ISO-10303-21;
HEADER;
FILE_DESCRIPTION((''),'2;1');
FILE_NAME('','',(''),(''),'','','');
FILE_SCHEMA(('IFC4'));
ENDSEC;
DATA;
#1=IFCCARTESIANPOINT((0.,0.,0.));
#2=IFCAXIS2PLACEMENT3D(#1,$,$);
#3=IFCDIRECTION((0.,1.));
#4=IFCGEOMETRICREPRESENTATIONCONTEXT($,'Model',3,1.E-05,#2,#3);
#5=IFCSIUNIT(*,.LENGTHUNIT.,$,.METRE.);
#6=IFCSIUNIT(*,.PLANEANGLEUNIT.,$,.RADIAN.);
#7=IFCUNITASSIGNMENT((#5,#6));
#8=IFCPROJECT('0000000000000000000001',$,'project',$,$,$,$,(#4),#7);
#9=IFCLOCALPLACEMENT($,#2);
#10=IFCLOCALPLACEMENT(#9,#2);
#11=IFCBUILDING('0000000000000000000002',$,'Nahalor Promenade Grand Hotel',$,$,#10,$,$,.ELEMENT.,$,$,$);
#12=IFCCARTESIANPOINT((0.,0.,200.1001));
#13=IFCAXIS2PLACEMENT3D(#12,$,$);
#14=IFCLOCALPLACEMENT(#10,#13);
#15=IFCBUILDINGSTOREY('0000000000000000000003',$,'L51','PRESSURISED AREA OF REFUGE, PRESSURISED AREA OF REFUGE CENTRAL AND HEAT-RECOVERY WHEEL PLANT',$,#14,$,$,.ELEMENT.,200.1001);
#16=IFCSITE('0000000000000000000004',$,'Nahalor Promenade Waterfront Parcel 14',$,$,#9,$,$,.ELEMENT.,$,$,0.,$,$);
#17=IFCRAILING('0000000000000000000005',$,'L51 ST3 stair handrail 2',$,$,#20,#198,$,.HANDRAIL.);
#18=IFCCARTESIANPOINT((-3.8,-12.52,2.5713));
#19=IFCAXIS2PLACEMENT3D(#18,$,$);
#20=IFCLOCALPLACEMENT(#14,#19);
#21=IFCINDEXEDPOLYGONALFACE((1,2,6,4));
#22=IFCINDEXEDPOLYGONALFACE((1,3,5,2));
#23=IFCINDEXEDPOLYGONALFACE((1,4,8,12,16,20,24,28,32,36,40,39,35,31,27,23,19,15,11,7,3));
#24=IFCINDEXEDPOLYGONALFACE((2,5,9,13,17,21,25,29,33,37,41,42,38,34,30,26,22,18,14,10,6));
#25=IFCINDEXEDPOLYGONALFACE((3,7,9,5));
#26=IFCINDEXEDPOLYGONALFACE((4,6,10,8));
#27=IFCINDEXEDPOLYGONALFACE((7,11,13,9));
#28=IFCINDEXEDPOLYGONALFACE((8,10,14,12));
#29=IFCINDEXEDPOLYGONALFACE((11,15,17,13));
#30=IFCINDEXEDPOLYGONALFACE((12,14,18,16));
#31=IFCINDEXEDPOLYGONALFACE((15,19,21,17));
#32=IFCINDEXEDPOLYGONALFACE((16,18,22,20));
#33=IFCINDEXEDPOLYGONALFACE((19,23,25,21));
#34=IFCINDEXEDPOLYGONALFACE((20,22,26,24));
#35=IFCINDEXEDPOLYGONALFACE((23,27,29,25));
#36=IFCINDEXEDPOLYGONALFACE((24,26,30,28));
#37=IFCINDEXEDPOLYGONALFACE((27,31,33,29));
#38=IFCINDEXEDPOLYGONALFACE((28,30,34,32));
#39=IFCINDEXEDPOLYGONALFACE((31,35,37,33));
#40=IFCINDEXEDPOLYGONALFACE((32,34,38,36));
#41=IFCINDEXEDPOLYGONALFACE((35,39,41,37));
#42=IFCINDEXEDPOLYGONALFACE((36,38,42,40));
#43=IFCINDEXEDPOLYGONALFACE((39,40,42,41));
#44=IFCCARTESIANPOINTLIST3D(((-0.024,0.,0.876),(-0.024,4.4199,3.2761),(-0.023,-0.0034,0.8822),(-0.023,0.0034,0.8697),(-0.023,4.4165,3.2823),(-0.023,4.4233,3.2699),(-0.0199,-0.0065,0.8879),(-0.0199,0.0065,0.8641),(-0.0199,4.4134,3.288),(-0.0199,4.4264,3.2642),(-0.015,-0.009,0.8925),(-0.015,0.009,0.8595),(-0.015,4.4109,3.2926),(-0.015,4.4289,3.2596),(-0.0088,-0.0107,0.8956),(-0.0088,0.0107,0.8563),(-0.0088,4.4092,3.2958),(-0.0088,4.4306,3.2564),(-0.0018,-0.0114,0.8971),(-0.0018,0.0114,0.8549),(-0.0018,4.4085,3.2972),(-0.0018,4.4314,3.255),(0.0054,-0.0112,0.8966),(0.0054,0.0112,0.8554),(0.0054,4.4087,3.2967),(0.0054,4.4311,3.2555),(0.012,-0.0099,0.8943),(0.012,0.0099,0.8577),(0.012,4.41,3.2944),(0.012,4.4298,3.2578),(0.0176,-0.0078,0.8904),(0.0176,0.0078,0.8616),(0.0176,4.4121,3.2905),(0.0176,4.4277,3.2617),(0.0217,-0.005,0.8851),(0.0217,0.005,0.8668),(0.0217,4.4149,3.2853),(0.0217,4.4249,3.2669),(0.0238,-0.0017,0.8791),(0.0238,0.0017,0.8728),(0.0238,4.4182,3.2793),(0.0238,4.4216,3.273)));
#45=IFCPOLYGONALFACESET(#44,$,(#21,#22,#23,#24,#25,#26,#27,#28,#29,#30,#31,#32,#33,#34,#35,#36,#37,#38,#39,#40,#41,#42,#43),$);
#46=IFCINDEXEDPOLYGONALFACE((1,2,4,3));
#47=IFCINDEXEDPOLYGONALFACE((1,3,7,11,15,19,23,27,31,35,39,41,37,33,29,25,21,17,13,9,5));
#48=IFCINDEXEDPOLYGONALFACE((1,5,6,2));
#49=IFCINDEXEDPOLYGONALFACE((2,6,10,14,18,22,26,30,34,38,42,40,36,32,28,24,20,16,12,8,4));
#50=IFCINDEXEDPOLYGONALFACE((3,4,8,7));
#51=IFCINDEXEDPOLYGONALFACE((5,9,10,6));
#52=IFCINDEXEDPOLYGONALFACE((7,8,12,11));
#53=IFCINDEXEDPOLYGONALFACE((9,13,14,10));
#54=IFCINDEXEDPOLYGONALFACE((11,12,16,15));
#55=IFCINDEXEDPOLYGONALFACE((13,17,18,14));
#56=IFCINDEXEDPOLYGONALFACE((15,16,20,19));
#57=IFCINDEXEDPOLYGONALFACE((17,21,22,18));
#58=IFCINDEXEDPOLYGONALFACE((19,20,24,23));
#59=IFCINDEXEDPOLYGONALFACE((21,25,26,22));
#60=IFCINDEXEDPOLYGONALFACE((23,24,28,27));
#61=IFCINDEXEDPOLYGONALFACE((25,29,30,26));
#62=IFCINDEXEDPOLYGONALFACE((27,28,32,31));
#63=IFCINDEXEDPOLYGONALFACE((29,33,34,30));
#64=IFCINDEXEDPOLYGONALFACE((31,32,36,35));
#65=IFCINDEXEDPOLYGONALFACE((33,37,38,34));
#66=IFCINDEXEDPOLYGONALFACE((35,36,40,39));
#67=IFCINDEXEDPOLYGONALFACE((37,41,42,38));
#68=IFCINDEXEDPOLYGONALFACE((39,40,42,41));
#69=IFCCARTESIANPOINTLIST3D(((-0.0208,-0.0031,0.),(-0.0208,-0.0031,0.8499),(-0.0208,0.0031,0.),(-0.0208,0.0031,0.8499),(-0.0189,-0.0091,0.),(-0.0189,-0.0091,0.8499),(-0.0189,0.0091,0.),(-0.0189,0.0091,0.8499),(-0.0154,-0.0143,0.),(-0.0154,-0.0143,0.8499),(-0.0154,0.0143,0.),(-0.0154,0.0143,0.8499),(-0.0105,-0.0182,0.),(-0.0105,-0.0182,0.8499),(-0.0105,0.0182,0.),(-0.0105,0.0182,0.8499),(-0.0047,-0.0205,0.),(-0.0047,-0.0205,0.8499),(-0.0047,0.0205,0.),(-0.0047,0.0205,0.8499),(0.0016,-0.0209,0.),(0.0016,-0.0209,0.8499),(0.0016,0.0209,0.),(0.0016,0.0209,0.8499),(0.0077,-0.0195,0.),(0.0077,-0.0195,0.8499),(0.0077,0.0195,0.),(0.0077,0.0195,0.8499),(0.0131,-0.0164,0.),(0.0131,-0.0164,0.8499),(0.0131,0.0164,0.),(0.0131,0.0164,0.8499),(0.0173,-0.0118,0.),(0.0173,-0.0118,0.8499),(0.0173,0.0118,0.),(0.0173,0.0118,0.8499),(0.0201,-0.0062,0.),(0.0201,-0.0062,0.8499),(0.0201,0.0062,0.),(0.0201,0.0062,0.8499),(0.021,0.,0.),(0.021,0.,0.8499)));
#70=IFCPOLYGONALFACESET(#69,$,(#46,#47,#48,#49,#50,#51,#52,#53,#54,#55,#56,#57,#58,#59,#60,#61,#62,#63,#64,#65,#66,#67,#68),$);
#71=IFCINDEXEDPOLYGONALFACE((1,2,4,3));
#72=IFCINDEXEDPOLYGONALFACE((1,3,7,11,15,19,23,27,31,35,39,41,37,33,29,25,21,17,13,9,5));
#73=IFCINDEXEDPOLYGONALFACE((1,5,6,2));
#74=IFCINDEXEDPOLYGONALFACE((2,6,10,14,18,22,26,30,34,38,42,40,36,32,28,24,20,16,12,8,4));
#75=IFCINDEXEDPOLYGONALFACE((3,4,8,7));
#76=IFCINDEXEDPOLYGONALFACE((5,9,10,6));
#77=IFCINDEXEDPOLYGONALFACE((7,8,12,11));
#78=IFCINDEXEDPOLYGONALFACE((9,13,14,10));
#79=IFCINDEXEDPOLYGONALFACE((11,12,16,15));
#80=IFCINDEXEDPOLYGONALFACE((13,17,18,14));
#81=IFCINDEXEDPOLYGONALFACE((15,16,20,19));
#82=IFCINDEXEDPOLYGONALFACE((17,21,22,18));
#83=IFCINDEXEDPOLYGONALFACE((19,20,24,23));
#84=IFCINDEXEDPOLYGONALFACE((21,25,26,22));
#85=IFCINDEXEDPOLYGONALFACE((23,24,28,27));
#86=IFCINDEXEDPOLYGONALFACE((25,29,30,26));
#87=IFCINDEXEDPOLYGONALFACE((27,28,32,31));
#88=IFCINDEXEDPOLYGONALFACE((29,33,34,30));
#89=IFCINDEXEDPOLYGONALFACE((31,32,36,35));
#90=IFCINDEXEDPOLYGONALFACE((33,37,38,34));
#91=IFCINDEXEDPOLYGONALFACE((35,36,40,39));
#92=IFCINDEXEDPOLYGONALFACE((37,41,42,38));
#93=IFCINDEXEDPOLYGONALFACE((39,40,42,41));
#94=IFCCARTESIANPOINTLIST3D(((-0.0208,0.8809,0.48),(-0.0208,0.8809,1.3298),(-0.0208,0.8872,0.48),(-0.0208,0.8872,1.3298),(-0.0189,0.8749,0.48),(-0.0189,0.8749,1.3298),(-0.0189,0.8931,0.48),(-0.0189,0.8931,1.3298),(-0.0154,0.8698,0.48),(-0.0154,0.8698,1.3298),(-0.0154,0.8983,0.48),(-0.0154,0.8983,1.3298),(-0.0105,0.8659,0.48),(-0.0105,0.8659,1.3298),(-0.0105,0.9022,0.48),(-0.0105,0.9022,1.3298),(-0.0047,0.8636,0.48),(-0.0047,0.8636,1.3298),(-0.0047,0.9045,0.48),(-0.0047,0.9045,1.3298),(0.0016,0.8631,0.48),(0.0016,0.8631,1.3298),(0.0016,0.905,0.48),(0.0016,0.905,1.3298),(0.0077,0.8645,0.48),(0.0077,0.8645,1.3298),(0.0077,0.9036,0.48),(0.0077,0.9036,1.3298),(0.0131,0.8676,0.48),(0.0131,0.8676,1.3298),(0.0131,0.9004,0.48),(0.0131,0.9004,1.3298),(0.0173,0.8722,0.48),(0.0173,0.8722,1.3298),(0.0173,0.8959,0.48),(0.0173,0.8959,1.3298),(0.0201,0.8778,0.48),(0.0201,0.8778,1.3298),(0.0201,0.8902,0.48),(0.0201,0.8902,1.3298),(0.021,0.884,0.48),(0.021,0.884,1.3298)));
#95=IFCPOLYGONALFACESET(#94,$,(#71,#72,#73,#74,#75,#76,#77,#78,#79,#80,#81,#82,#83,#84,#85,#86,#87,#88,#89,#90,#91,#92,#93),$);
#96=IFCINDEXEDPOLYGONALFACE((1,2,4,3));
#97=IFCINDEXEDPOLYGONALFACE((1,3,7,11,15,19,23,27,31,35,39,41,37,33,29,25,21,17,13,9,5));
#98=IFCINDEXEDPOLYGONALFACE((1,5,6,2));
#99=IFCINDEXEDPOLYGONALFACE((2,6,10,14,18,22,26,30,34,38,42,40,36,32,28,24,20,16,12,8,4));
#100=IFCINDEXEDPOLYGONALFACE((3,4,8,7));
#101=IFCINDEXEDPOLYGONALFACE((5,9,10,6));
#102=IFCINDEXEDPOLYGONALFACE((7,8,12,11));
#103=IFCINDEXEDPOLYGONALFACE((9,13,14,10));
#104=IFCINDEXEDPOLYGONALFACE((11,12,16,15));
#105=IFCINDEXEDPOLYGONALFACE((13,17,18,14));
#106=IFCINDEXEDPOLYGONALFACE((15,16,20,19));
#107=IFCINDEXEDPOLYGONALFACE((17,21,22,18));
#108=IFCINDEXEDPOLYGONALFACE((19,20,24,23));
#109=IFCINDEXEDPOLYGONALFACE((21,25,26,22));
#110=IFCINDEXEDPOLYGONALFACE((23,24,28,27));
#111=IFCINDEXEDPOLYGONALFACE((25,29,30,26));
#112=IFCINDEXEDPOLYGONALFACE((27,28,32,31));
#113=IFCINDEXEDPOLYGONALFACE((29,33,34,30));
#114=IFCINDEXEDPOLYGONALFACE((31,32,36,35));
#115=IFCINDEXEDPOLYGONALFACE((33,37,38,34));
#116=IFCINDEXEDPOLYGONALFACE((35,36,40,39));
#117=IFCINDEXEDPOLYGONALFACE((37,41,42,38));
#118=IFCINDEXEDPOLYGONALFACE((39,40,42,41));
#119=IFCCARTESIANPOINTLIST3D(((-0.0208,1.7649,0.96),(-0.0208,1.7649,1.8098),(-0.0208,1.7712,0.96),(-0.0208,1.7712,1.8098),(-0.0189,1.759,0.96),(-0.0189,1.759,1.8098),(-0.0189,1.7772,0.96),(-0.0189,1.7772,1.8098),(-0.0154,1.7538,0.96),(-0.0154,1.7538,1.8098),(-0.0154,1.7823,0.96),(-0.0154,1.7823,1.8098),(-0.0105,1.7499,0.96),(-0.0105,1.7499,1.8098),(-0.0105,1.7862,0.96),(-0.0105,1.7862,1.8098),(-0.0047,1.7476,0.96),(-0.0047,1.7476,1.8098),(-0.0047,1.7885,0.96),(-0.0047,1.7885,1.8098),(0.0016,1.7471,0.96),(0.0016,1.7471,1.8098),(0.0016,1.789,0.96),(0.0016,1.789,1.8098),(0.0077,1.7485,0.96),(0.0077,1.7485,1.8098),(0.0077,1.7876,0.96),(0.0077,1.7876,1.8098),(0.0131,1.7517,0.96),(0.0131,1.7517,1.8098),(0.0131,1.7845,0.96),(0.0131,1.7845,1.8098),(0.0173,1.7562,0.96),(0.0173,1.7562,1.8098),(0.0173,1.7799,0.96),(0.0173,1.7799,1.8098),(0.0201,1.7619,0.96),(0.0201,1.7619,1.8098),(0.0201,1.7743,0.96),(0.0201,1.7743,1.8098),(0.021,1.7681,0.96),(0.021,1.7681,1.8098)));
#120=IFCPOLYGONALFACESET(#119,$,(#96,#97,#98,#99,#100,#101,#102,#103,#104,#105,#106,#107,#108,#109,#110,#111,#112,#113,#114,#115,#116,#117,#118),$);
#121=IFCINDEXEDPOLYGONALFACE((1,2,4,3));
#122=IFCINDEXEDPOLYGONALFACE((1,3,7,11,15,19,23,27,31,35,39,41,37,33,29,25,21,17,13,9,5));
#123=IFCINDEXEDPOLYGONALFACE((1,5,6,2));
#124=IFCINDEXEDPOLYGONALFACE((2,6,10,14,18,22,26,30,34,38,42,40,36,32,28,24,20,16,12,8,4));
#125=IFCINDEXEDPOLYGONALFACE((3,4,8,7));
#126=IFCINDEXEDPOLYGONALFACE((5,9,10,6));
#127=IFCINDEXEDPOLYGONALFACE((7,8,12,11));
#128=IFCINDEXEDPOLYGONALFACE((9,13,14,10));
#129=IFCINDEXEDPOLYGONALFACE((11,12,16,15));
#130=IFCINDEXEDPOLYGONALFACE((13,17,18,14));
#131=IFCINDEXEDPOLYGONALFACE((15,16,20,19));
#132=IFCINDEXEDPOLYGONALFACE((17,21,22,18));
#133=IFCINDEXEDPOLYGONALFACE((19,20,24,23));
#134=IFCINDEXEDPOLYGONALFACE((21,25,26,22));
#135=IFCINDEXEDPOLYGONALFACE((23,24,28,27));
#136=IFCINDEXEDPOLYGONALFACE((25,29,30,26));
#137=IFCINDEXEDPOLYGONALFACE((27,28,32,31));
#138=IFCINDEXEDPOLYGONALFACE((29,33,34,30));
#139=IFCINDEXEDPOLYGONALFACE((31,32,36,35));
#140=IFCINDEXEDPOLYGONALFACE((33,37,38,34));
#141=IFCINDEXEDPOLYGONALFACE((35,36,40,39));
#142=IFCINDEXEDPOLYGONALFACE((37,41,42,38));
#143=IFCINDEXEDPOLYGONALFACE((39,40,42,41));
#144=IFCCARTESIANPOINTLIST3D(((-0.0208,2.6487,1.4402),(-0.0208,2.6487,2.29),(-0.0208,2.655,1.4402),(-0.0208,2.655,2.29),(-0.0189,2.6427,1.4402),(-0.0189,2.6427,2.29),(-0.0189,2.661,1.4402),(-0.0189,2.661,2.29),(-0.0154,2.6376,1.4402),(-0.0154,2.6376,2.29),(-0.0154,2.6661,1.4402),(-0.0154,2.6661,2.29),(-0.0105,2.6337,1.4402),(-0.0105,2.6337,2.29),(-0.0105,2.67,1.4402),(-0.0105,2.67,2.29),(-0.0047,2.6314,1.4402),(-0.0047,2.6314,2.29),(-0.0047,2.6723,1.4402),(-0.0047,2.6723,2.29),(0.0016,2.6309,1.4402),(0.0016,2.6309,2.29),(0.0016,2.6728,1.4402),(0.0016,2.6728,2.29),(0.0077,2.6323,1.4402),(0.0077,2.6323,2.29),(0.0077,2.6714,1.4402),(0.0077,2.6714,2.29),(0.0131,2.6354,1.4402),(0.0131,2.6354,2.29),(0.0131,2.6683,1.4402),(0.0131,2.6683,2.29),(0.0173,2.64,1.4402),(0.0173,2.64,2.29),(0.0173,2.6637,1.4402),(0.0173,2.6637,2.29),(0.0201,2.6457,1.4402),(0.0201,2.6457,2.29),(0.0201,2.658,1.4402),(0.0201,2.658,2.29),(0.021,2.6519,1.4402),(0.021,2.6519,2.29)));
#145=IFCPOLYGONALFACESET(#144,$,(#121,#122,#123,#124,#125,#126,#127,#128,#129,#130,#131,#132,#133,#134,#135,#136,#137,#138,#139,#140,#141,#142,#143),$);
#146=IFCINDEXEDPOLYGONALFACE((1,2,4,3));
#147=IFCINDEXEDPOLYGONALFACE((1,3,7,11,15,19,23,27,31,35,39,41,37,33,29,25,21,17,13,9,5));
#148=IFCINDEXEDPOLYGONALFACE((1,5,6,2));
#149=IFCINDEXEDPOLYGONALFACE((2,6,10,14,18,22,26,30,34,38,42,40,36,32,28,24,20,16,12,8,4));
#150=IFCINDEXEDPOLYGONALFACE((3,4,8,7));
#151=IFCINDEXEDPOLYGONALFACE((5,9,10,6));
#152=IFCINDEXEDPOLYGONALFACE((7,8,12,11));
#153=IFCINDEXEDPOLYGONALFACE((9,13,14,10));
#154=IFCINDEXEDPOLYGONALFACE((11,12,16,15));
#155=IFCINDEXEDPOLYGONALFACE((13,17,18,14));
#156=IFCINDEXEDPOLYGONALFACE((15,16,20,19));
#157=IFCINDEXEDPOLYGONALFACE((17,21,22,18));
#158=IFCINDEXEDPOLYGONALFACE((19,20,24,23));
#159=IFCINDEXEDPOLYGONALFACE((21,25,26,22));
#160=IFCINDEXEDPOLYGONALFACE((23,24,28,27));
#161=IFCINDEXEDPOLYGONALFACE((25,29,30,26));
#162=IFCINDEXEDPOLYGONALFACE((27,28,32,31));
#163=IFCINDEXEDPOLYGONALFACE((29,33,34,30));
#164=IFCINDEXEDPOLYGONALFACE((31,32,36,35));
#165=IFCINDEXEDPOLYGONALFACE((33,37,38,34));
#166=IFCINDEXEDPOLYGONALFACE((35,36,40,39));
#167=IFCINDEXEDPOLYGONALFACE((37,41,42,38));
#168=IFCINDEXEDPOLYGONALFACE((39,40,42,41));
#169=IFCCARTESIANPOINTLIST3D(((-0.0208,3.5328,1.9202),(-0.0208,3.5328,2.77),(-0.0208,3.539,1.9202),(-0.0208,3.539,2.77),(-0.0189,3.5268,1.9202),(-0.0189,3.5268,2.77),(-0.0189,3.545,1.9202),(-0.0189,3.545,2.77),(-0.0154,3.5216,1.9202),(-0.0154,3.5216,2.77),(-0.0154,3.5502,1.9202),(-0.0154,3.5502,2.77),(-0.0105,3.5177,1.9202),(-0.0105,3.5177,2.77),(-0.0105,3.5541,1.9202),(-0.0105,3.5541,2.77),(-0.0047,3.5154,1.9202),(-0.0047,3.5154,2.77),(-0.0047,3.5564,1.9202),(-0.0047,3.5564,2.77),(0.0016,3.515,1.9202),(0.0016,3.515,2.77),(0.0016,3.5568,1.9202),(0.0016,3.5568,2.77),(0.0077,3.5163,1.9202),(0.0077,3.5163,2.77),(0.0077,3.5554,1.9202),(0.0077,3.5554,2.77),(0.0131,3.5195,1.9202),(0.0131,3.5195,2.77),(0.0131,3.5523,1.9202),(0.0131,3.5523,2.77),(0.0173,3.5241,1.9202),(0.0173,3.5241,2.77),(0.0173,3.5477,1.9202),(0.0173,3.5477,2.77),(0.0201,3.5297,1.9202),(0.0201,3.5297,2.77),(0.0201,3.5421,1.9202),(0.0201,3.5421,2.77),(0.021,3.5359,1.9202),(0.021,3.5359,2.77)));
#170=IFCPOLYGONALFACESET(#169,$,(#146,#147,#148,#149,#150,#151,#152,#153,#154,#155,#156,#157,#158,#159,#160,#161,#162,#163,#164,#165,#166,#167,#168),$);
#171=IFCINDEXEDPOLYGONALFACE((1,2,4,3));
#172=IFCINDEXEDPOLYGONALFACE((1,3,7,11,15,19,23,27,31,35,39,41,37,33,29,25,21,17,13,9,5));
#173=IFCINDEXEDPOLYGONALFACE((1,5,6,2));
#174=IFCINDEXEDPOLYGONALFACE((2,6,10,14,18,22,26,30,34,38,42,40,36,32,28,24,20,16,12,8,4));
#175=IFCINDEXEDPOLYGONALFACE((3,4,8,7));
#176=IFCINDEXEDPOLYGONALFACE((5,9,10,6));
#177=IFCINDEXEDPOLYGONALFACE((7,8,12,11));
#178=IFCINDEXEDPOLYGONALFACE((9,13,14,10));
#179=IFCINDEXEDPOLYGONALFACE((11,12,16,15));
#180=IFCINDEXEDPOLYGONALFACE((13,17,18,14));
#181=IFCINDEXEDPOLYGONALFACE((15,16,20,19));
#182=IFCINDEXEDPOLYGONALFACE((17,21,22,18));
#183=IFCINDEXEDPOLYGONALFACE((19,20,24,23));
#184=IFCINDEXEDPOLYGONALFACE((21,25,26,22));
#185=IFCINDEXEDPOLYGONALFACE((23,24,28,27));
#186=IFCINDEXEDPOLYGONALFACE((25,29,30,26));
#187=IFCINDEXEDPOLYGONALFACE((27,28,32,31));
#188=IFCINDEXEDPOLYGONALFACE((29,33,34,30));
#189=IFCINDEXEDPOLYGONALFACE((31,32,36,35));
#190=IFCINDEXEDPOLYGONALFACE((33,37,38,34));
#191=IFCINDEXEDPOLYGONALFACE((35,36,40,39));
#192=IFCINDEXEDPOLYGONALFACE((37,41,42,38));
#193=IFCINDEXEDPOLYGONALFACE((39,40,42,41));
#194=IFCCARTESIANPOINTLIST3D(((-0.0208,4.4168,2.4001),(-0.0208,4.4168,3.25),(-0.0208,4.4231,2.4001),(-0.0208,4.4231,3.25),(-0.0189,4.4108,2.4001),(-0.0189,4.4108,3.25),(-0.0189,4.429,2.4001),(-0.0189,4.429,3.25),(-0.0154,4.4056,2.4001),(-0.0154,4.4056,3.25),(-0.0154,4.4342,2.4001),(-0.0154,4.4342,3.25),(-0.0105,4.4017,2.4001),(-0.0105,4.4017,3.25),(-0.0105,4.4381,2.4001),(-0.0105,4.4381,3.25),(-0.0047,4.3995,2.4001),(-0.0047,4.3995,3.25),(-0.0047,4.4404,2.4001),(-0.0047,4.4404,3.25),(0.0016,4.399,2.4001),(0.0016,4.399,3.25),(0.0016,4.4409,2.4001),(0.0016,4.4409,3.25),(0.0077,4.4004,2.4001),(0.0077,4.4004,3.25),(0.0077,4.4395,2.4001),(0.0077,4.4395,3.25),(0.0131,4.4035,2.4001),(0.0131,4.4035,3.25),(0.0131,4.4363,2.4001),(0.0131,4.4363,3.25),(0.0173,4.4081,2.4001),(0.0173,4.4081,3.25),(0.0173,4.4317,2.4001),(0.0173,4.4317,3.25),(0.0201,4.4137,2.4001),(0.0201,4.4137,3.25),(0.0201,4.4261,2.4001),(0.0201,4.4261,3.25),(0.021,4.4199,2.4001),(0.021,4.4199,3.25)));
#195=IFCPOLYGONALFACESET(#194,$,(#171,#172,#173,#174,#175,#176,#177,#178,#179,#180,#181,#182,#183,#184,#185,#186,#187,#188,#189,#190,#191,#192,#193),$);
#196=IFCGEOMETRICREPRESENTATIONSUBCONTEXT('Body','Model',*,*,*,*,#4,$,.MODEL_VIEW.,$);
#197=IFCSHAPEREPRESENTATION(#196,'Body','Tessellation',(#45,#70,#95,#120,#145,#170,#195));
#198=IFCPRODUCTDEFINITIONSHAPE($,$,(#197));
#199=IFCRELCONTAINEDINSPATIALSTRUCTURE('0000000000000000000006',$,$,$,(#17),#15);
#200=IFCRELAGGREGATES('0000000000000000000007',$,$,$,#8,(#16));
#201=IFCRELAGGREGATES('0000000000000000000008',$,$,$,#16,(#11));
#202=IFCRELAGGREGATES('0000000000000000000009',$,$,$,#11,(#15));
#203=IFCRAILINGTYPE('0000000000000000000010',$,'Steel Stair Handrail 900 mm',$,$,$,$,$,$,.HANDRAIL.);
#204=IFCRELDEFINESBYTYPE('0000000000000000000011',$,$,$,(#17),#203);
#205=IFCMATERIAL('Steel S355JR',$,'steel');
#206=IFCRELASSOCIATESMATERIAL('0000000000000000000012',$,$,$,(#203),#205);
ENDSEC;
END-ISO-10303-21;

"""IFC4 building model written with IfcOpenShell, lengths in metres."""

from ifc_helpers import new_model, si_unit, direction, frame, origin, origin_2d, place, context, subcontext, project, spatial, circle, extrude, material, type_object, element, save


model = new_model("IFC4")

# Units and contexts
model_context = context("Model", 3, precision=1e-05, world=origin(), true_north=direction((0.0, 1.0)))
body_context = subcontext(model_context, "Body", "Model", "MODEL_VIEW")
ifc_project = project(units=[si_unit("LENGTHUNIT", "METRE"), si_unit("PLANEANGLEUNIT", "RADIAN")], contexts=[model_context])

# Site, building, storey
site_placement = place(None, origin())
site = spatial("IfcSite", under=ifc_project, at=site_placement, Name="Nahalor Promenade Waterfront Parcel 14", CompositionType="ELEMENT", RefElevation=0.0)
building_placement = place(site_placement, origin())
building = spatial("IfcBuilding", under=site, at=building_placement, Name="Nahalor Promenade Grand Hotel", CompositionType="ELEMENT")
storey_placement = place(building_placement, frame((0.0, 0.0, 200.1001)))
storey = spatial("IfcBuildingStorey", under=building, at=storey_placement, Name="L51", Description="PRESSURISED AREA OF REFUGE, PRESSURISED AREA OF REFUGE CENTRAL AND HEAT-RECOVERY WHEEL PLANT", CompositionType="ELEMENT", Elevation=200.1001)

# Shared definitions
ifc_material_1 = material(Name="Steel S355JR", Category="steel")

# Railing
railing_type_1 = type_object("IfcRailingType", Name="Steel Stair Handrail 900 mm", PredefinedType="HANDRAIL", material=ifc_material_1)
railing_1_placement = place(storey_placement, frame((-3.8, -12.52, 2.5713)))
element("IfcRailing", 1, at=railing_1_placement, inside=storey, type_object=railing_type_1, Name="L51 ST3 stair handrail 2", PredefinedType="HANDRAIL", context=body_context, shape_type="SweptSolid", body=[
    extrude(circle(Radius=0.024, at=origin_2d()), frame((0.0, 0.0, 0.876), z_axis=(0.0, 0.87879, 0.477209), x_axis=(-1.0, 0.0, 0.0)), (0.0, 0.0, 1.0), 5.0295),
    extrude(circle(Radius=0.021, at=origin_2d()), origin(), (0.0, 0.0, 1.0), 0.8499),
    extrude(circle(Radius=0.021, at=origin_2d()), frame((0.0, 0.884, 0.48)), (0.0, 0.0, 1.0), 0.8499),
    extrude(circle(Radius=0.021, at=origin_2d()), frame((0.0, 1.7681, 0.96)), (0.0, 0.0, 1.0), 0.8499),
    extrude(circle(Radius=0.021, at=origin_2d()), frame((0.0, 2.6519, 1.4402)), (0.0, 0.0, 1.0), 0.8499),
    extrude(circle(Radius=0.021, at=origin_2d()), frame((0.0, 3.5359, 1.9202)), (0.0, 0.0, 1.0), 0.8499),
    extrude(circle(Radius=0.021, at=origin_2d()), frame((0.0, 4.4199, 2.4001)), (0.0, 0.0, 1.0), 0.8499),
])

save(model, "model.ifc")
